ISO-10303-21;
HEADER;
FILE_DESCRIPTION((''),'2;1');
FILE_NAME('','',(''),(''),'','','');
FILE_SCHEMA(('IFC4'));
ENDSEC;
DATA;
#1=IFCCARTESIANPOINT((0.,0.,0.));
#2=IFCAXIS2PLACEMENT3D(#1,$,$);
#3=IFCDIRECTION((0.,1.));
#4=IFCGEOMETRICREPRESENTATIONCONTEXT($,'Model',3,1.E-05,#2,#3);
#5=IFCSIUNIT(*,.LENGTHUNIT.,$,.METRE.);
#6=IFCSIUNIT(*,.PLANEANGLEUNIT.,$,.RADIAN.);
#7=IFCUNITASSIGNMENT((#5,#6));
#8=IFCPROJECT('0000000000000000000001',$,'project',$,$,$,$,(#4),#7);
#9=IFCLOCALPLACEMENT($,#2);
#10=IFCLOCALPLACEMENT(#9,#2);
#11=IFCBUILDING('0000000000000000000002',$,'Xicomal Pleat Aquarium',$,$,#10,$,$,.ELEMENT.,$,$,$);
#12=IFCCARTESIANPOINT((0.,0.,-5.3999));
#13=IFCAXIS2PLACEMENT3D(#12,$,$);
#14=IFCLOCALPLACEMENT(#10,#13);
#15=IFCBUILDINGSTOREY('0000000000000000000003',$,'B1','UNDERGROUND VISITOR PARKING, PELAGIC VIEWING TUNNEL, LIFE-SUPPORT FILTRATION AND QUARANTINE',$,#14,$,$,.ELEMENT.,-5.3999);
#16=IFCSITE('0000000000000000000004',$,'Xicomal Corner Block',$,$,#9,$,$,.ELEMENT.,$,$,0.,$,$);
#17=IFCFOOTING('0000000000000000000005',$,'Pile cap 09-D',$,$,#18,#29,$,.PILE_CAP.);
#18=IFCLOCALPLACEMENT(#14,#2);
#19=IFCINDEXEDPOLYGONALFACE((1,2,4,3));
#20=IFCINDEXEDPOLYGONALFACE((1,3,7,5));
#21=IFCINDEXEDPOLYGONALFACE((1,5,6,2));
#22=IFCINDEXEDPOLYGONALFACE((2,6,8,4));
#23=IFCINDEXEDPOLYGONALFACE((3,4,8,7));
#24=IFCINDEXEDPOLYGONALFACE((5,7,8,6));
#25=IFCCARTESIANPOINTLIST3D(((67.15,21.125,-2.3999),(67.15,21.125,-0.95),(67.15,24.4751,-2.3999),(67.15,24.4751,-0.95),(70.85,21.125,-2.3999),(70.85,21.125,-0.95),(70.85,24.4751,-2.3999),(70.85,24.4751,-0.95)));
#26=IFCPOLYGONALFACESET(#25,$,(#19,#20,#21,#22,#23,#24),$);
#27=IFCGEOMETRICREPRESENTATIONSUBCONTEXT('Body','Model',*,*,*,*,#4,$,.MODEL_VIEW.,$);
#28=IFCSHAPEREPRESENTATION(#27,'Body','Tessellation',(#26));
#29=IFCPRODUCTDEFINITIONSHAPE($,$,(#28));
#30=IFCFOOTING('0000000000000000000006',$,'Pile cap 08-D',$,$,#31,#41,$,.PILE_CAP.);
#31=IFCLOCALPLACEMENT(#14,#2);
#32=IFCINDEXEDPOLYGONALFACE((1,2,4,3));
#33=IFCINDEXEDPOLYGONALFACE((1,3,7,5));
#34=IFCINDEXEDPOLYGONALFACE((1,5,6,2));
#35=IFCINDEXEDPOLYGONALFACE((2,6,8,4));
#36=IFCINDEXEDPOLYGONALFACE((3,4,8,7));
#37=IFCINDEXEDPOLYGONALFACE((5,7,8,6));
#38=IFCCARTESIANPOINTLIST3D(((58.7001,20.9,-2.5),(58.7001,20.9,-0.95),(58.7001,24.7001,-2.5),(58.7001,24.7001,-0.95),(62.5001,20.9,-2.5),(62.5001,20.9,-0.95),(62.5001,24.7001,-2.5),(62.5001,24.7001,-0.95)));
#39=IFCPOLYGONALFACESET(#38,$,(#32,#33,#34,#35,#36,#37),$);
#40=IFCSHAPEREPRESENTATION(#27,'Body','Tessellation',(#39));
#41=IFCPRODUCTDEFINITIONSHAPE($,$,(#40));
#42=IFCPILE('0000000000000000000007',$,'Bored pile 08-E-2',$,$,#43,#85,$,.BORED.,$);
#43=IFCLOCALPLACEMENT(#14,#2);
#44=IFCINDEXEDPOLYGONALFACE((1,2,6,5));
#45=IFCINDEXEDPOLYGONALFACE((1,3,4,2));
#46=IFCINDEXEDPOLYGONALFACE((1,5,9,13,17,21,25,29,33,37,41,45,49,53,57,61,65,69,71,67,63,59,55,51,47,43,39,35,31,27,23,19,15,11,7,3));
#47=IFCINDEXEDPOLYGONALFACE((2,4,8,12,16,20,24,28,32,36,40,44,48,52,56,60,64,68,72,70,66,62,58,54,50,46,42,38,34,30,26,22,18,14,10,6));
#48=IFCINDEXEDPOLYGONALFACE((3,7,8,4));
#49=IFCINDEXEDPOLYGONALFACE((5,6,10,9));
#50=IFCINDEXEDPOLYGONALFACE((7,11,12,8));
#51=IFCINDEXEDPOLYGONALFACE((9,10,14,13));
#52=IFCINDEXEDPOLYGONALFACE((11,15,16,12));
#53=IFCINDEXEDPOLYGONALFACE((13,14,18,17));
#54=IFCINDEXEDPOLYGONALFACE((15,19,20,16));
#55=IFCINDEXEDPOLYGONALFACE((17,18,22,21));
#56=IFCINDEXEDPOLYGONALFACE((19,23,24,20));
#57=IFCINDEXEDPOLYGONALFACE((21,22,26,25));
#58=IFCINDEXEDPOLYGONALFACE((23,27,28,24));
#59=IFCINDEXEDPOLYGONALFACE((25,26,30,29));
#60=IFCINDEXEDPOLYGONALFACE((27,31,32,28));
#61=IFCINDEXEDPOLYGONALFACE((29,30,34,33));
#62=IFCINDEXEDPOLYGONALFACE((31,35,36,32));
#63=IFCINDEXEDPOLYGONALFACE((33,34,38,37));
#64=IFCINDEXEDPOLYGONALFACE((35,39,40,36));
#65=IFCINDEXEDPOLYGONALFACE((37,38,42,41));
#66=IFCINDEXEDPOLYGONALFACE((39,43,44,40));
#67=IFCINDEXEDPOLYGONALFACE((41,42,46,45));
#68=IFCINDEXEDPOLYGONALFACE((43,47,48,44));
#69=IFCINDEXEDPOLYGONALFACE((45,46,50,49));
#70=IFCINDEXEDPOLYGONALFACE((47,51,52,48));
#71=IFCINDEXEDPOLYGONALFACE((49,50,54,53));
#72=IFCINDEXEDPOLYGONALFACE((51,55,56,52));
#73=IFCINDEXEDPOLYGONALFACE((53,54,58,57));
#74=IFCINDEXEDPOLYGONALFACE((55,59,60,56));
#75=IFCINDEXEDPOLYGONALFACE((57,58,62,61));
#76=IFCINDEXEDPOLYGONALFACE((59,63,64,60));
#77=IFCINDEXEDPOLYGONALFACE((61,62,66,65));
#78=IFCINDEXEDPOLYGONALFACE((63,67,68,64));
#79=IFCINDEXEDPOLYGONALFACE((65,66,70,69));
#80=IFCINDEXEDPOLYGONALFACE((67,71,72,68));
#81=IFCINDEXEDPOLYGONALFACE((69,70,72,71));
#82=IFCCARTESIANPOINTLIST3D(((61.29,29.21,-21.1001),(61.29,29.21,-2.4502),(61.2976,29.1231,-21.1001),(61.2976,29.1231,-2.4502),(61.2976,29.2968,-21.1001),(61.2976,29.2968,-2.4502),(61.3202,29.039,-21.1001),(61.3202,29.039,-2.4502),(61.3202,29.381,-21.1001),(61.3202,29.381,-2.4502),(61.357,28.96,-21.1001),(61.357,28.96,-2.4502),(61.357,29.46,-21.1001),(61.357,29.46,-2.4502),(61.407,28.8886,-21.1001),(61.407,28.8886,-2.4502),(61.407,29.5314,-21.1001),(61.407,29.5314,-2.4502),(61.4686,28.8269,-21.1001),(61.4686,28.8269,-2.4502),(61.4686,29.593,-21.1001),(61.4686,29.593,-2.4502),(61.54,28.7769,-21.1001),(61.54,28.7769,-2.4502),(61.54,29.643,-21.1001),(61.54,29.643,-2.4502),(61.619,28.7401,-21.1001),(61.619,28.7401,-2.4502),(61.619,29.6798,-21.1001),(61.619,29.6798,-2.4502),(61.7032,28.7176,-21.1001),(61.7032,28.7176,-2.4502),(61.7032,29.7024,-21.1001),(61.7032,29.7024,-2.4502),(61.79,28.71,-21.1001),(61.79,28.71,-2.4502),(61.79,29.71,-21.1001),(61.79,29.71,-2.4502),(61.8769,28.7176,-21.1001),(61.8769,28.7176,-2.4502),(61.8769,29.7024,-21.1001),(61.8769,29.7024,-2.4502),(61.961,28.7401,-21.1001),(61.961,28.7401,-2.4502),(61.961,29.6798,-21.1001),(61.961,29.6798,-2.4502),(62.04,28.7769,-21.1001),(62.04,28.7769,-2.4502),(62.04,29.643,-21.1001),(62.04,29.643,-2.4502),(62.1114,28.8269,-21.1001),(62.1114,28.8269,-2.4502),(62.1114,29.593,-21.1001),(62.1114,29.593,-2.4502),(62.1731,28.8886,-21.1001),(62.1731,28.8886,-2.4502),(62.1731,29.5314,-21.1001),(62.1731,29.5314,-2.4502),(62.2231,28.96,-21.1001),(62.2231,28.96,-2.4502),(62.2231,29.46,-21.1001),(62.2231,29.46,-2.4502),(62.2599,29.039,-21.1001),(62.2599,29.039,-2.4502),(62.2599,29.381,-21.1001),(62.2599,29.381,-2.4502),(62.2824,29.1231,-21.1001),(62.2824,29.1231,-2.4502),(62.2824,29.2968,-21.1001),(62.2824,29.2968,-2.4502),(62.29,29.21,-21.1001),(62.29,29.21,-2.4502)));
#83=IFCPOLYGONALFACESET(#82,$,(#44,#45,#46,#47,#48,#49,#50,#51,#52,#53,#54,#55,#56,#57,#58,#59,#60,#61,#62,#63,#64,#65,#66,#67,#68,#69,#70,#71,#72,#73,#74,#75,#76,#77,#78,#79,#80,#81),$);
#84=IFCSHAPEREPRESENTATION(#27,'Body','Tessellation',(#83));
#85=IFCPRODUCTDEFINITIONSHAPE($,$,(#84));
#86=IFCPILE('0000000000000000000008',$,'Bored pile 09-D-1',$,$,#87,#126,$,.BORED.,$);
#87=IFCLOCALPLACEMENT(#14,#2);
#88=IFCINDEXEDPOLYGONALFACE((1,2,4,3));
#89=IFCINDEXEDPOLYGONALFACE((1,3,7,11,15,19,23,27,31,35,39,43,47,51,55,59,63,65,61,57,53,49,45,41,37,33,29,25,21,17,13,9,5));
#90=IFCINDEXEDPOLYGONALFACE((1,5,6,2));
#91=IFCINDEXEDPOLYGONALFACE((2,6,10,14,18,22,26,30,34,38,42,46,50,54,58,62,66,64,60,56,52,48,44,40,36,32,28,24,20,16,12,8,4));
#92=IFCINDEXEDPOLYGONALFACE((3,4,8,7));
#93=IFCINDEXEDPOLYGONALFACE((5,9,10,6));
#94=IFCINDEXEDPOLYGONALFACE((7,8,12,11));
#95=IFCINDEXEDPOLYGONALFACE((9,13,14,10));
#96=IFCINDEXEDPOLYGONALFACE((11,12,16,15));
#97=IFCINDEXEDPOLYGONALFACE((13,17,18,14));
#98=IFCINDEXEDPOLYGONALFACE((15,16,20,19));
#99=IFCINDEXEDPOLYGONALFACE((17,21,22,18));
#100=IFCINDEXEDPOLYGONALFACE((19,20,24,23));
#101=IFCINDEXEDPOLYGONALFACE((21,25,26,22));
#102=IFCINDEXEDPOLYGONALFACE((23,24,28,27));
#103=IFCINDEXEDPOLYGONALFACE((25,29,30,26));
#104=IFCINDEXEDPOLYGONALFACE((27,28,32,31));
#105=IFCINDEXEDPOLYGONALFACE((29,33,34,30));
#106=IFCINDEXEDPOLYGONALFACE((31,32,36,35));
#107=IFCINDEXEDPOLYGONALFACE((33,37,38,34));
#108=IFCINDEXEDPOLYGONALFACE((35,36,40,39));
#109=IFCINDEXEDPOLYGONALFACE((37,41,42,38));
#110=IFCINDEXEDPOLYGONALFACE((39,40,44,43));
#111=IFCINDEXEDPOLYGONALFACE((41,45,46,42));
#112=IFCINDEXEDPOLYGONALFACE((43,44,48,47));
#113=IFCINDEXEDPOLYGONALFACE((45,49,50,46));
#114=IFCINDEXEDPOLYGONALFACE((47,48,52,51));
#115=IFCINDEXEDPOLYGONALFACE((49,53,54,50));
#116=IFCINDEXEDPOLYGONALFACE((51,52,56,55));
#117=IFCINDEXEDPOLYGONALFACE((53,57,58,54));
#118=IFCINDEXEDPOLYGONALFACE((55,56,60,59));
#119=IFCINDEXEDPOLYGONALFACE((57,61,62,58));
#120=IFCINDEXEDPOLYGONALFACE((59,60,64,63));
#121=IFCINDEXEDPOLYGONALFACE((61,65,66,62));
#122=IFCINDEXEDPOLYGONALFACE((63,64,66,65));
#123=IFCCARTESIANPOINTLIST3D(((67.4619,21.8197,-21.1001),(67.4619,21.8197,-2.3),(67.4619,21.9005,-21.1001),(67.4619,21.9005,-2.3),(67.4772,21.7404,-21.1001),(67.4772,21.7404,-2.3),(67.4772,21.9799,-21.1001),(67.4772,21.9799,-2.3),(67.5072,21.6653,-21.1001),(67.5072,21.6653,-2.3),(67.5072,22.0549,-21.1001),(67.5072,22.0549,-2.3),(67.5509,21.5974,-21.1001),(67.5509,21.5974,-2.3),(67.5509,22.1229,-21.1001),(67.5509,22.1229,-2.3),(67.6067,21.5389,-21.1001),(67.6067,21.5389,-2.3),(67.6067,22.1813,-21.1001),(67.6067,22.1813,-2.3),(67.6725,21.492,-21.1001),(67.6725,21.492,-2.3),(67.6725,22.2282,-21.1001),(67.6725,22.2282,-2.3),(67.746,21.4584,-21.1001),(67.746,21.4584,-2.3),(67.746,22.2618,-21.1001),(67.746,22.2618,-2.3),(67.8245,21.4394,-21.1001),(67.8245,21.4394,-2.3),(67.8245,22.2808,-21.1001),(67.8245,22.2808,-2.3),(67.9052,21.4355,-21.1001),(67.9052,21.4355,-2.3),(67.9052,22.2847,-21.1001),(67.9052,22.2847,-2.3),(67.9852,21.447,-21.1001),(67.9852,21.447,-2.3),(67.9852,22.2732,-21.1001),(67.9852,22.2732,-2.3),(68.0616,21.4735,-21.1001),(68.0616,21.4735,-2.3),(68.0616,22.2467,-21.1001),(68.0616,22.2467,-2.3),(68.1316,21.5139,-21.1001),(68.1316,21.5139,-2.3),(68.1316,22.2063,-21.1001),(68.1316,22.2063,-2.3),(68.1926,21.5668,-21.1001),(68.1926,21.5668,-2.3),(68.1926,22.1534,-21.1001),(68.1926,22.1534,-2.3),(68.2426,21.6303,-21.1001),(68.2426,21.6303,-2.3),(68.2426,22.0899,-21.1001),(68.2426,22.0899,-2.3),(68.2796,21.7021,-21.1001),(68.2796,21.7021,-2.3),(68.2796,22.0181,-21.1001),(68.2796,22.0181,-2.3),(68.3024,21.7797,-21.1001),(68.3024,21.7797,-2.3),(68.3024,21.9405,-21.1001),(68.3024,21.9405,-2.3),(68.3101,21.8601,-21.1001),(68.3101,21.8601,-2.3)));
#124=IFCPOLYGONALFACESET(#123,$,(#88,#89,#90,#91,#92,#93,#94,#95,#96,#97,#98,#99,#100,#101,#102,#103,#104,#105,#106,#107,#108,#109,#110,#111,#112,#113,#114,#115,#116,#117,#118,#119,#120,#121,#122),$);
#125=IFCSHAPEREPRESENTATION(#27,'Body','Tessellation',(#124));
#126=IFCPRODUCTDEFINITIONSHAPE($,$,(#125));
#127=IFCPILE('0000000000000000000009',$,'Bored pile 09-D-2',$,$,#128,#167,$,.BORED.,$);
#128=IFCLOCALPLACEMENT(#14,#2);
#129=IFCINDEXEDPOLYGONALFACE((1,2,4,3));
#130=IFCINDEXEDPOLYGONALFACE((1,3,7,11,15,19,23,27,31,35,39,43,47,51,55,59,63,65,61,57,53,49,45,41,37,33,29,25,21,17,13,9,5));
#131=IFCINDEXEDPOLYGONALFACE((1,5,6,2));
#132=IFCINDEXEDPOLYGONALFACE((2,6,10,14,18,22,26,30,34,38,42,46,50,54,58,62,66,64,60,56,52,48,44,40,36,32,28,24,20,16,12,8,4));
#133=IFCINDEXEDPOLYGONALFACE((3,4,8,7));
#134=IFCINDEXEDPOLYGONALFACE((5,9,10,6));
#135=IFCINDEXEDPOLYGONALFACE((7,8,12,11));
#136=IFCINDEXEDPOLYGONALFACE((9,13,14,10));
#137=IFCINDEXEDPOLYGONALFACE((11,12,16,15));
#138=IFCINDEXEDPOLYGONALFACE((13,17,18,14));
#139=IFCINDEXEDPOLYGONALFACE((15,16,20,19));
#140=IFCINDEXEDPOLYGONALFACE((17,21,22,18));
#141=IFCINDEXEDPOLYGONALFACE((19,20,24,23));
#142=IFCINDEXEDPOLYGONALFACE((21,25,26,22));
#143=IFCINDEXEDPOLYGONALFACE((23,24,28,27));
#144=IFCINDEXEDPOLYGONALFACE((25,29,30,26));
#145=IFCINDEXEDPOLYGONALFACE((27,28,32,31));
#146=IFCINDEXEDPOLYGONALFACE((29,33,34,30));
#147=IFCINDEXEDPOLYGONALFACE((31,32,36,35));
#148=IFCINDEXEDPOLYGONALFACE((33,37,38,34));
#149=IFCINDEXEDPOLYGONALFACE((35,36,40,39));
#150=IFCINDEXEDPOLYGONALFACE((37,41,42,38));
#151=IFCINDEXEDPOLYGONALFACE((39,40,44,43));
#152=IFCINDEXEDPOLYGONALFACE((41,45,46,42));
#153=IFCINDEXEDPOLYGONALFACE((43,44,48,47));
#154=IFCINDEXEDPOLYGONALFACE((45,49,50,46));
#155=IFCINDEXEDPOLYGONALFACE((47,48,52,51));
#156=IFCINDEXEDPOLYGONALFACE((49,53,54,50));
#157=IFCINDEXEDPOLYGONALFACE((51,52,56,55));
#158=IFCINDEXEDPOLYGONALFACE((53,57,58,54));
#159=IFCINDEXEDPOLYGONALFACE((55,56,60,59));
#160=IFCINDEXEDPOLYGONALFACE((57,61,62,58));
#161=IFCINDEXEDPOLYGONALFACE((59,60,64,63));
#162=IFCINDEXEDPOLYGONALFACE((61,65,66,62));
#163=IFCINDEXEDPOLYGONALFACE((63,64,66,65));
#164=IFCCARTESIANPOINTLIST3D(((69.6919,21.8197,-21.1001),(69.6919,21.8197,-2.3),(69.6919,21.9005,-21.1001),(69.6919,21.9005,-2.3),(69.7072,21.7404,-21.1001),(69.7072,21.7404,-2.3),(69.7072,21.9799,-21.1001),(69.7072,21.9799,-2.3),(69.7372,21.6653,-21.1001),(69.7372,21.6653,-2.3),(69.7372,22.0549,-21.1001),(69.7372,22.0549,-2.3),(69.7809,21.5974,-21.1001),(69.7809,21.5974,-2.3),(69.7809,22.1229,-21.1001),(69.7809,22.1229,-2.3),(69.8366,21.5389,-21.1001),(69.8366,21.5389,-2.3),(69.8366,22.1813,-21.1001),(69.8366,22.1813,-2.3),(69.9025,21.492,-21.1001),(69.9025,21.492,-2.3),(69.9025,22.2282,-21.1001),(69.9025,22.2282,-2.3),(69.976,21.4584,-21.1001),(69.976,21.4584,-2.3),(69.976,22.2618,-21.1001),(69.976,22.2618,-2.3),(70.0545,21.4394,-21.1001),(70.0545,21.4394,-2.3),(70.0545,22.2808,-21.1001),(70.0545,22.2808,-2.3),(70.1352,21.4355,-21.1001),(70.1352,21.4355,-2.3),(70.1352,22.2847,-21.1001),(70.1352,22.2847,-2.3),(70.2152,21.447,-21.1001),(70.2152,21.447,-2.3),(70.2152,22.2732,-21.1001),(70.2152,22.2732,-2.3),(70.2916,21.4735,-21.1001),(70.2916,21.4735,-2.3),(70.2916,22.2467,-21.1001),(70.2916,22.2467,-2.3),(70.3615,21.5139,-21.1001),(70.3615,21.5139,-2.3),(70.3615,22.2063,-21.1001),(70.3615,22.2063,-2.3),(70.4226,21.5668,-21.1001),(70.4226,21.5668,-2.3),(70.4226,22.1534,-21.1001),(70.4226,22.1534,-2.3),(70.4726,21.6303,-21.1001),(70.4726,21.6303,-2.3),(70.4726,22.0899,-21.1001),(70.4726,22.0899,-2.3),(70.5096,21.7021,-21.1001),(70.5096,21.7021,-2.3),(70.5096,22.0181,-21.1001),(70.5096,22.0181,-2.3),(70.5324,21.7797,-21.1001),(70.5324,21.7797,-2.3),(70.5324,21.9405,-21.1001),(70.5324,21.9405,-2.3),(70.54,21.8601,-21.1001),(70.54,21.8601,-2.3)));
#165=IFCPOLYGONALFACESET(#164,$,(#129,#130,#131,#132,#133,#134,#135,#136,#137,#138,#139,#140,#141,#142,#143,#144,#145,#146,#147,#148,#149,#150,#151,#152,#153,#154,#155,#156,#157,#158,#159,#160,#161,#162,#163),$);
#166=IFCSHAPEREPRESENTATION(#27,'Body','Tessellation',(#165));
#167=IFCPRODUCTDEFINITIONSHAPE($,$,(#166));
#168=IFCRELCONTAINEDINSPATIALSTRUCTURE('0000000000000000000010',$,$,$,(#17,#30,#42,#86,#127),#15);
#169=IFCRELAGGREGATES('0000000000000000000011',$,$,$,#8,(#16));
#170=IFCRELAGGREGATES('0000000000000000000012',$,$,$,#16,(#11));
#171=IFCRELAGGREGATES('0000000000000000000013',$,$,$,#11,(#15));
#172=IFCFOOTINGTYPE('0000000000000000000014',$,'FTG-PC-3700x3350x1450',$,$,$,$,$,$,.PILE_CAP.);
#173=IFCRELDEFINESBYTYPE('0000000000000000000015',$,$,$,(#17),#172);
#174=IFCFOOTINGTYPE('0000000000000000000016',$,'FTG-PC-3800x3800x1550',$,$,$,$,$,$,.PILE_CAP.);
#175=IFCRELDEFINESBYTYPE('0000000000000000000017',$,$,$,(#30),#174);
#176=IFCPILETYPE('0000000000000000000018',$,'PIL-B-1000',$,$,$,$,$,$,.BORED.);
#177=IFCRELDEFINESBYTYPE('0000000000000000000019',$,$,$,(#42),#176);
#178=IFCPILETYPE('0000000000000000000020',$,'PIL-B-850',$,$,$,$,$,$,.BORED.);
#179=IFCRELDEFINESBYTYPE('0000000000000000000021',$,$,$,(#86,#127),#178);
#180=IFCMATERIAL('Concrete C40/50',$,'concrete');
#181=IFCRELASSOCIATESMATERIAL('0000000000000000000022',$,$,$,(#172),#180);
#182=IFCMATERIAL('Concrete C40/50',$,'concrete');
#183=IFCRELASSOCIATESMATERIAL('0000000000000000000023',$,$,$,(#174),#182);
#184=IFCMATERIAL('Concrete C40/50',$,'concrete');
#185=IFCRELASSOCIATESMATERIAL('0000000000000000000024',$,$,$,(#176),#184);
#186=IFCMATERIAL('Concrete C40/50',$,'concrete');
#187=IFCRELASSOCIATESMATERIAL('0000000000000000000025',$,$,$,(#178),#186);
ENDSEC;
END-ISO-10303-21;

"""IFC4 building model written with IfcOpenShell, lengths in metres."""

from ifc_helpers import new_model, si_unit, direction, frame, origin, origin_2d, place, context, subcontext, project, spatial, rectangle, circle, extrude, material, material_profile, profile_set, type_object, element, save


model = new_model("IFC4")

# Units and contexts
model_context = context("Model", 3, precision=1e-05, world=origin(), true_north=direction((0.0, 1.0)))
body_context = subcontext(model_context, "Body", "Model", "MODEL_VIEW")
ifc_project = project(units=[si_unit("LENGTHUNIT", "METRE"), si_unit("PLANEANGLEUNIT", "RADIAN")], contexts=[model_context])

# Site, building, storey
site_placement = place(None, origin())
site = spatial("IfcSite", under=ifc_project, at=site_placement, Name="Xicomal Corner Block", CompositionType="ELEMENT", RefElevation=0.0)
building_placement = place(site_placement, origin())
building = spatial("IfcBuilding", under=site, at=building_placement, Name="Xicomal Pleat Aquarium", CompositionType="ELEMENT")
storey_placement = place(building_placement, frame((0.0, 0.0, -5.3999)))
storey = spatial("IfcBuildingStorey", under=building, at=storey_placement, Name="B1", Description="UNDERGROUND VISITOR PARKING, PELAGIC VIEWING TUNNEL, LIFE-SUPPORT FILTRATION AND QUARANTINE", CompositionType="ELEMENT", Elevation=-5.3999)

# Footings
ifc_material_1 = material(Name="Concrete C40/50", Category="concrete")
footing_type_1 = type_object("IfcFootingType", Name="FTG-PC-3700x3350x1450", PredefinedType="PILE_CAP", material=ifc_material_1)
footing_1_placement = place(storey_placement, frame((69.0, 22.8, -2.3999), z_axis=(0.0, 0.0, 1.0), x_axis=(1.0, 0.0, 0.0)))
element("IfcFooting", 1, at=footing_1_placement, inside=storey, type_object=footing_type_1, Name="Pile cap 09-D", PredefinedType="PILE_CAP", context=body_context, shape_type="SweptSolid", body=[
    extrude(rectangle(XDim=3.7, YDim=3.3501, at=origin_2d()), origin(), (0.0, 0.0, 1.0), 1.45),
])
ifc_material_2 = material(Name="Concrete C40/50", Category="concrete")
footing_type_2 = type_object("IfcFootingType", Name="FTG-PC-3800x3800x1550", PredefinedType="PILE_CAP", material=ifc_material_2)
footing_2_placement = place(storey_placement, frame((60.6001, 22.8, -2.5), z_axis=(0.0, 0.0, 1.0), x_axis=(1.0, 0.0, 0.0)))
element("IfcFooting", 2, at=footing_2_placement, inside=storey, type_object=footing_type_2, Name="Pile cap 08-D", PredefinedType="PILE_CAP", context=body_context, shape_type="SweptSolid", body=[
    extrude(rectangle(XDim=3.8, YDim=3.8, at=origin_2d()), origin(), (0.0, 0.0, 1.0), 1.55),
])

# Piles
ifc_material_3 = material(Name="Concrete C40/50", Category="concrete")
ifc_material_profile_1 = material_profile(ifc_material_3, circle(Radius=0.5, at=origin_2d()), Name="BORED PILE D1000")
ifc_profile_set_1 = profile_set([ifc_material_profile_1], Name="Concrete C40/50")
pile_type_1 = type_object("IfcPileType", Name="PIL-B-1000", PredefinedType="BORED", material=ifc_profile_set_1)
pile_1_placement = place(storey_placement, frame((61.79, 29.21, -2.4502), z_axis=(0.0, 0.0, -1.0), x_axis=(1.0, 0.0, 0.0)))
element("IfcPile", 3, at=pile_1_placement, inside=storey, type_object=pile_type_1, Name="Bored pile 08-E-2", PredefinedType="BORED", context=body_context, shape_type="SweptSolid", body=[
    extrude(circle(Radius=0.5, at=origin_2d()), origin(), (0.0, 0.0, 1.0), 18.6499),
])
ifc_material_4 = material(Name="Concrete C40/50", Category="concrete")
ifc_material_profile_2 = material_profile(ifc_material_4, circle(Radius=0.425, at=origin_2d()), Name="BORED PILE D850")
ifc_profile_set_2 = profile_set([ifc_material_profile_2], Name="Concrete C40/50")
pile_type_2 = type_object("IfcPileType", Name="PIL-B-850", PredefinedType="BORED", material=ifc_profile_set_2)
for number, where, z_axis, x_axis, name in (
    (4, (67.885, 21.8601, -2.3), (0.0, 0.0, -1.0), (1.0, 0.0, 0.0), "Bored pile 09-D-1"),
    (5, (70.115, 21.8601, -2.3), (0.0, 0.0, -1.0), (1.0, 0.0, 0.0), "Bored pile 09-D-2"),
):
    element("IfcPile", number, at=place(storey_placement, frame(where, z_axis=z_axis, x_axis=x_axis)), inside=storey, type_object=pile_type_2, Name=name, PredefinedType="BORED", context=body_context, shape_type="SweptSolid", body=[
        extrude(circle(Radius=0.425, at=origin_2d()), origin(), (0.0, 0.0, 1.0), 18.8),
    ])

save(model, "model.ifc")
